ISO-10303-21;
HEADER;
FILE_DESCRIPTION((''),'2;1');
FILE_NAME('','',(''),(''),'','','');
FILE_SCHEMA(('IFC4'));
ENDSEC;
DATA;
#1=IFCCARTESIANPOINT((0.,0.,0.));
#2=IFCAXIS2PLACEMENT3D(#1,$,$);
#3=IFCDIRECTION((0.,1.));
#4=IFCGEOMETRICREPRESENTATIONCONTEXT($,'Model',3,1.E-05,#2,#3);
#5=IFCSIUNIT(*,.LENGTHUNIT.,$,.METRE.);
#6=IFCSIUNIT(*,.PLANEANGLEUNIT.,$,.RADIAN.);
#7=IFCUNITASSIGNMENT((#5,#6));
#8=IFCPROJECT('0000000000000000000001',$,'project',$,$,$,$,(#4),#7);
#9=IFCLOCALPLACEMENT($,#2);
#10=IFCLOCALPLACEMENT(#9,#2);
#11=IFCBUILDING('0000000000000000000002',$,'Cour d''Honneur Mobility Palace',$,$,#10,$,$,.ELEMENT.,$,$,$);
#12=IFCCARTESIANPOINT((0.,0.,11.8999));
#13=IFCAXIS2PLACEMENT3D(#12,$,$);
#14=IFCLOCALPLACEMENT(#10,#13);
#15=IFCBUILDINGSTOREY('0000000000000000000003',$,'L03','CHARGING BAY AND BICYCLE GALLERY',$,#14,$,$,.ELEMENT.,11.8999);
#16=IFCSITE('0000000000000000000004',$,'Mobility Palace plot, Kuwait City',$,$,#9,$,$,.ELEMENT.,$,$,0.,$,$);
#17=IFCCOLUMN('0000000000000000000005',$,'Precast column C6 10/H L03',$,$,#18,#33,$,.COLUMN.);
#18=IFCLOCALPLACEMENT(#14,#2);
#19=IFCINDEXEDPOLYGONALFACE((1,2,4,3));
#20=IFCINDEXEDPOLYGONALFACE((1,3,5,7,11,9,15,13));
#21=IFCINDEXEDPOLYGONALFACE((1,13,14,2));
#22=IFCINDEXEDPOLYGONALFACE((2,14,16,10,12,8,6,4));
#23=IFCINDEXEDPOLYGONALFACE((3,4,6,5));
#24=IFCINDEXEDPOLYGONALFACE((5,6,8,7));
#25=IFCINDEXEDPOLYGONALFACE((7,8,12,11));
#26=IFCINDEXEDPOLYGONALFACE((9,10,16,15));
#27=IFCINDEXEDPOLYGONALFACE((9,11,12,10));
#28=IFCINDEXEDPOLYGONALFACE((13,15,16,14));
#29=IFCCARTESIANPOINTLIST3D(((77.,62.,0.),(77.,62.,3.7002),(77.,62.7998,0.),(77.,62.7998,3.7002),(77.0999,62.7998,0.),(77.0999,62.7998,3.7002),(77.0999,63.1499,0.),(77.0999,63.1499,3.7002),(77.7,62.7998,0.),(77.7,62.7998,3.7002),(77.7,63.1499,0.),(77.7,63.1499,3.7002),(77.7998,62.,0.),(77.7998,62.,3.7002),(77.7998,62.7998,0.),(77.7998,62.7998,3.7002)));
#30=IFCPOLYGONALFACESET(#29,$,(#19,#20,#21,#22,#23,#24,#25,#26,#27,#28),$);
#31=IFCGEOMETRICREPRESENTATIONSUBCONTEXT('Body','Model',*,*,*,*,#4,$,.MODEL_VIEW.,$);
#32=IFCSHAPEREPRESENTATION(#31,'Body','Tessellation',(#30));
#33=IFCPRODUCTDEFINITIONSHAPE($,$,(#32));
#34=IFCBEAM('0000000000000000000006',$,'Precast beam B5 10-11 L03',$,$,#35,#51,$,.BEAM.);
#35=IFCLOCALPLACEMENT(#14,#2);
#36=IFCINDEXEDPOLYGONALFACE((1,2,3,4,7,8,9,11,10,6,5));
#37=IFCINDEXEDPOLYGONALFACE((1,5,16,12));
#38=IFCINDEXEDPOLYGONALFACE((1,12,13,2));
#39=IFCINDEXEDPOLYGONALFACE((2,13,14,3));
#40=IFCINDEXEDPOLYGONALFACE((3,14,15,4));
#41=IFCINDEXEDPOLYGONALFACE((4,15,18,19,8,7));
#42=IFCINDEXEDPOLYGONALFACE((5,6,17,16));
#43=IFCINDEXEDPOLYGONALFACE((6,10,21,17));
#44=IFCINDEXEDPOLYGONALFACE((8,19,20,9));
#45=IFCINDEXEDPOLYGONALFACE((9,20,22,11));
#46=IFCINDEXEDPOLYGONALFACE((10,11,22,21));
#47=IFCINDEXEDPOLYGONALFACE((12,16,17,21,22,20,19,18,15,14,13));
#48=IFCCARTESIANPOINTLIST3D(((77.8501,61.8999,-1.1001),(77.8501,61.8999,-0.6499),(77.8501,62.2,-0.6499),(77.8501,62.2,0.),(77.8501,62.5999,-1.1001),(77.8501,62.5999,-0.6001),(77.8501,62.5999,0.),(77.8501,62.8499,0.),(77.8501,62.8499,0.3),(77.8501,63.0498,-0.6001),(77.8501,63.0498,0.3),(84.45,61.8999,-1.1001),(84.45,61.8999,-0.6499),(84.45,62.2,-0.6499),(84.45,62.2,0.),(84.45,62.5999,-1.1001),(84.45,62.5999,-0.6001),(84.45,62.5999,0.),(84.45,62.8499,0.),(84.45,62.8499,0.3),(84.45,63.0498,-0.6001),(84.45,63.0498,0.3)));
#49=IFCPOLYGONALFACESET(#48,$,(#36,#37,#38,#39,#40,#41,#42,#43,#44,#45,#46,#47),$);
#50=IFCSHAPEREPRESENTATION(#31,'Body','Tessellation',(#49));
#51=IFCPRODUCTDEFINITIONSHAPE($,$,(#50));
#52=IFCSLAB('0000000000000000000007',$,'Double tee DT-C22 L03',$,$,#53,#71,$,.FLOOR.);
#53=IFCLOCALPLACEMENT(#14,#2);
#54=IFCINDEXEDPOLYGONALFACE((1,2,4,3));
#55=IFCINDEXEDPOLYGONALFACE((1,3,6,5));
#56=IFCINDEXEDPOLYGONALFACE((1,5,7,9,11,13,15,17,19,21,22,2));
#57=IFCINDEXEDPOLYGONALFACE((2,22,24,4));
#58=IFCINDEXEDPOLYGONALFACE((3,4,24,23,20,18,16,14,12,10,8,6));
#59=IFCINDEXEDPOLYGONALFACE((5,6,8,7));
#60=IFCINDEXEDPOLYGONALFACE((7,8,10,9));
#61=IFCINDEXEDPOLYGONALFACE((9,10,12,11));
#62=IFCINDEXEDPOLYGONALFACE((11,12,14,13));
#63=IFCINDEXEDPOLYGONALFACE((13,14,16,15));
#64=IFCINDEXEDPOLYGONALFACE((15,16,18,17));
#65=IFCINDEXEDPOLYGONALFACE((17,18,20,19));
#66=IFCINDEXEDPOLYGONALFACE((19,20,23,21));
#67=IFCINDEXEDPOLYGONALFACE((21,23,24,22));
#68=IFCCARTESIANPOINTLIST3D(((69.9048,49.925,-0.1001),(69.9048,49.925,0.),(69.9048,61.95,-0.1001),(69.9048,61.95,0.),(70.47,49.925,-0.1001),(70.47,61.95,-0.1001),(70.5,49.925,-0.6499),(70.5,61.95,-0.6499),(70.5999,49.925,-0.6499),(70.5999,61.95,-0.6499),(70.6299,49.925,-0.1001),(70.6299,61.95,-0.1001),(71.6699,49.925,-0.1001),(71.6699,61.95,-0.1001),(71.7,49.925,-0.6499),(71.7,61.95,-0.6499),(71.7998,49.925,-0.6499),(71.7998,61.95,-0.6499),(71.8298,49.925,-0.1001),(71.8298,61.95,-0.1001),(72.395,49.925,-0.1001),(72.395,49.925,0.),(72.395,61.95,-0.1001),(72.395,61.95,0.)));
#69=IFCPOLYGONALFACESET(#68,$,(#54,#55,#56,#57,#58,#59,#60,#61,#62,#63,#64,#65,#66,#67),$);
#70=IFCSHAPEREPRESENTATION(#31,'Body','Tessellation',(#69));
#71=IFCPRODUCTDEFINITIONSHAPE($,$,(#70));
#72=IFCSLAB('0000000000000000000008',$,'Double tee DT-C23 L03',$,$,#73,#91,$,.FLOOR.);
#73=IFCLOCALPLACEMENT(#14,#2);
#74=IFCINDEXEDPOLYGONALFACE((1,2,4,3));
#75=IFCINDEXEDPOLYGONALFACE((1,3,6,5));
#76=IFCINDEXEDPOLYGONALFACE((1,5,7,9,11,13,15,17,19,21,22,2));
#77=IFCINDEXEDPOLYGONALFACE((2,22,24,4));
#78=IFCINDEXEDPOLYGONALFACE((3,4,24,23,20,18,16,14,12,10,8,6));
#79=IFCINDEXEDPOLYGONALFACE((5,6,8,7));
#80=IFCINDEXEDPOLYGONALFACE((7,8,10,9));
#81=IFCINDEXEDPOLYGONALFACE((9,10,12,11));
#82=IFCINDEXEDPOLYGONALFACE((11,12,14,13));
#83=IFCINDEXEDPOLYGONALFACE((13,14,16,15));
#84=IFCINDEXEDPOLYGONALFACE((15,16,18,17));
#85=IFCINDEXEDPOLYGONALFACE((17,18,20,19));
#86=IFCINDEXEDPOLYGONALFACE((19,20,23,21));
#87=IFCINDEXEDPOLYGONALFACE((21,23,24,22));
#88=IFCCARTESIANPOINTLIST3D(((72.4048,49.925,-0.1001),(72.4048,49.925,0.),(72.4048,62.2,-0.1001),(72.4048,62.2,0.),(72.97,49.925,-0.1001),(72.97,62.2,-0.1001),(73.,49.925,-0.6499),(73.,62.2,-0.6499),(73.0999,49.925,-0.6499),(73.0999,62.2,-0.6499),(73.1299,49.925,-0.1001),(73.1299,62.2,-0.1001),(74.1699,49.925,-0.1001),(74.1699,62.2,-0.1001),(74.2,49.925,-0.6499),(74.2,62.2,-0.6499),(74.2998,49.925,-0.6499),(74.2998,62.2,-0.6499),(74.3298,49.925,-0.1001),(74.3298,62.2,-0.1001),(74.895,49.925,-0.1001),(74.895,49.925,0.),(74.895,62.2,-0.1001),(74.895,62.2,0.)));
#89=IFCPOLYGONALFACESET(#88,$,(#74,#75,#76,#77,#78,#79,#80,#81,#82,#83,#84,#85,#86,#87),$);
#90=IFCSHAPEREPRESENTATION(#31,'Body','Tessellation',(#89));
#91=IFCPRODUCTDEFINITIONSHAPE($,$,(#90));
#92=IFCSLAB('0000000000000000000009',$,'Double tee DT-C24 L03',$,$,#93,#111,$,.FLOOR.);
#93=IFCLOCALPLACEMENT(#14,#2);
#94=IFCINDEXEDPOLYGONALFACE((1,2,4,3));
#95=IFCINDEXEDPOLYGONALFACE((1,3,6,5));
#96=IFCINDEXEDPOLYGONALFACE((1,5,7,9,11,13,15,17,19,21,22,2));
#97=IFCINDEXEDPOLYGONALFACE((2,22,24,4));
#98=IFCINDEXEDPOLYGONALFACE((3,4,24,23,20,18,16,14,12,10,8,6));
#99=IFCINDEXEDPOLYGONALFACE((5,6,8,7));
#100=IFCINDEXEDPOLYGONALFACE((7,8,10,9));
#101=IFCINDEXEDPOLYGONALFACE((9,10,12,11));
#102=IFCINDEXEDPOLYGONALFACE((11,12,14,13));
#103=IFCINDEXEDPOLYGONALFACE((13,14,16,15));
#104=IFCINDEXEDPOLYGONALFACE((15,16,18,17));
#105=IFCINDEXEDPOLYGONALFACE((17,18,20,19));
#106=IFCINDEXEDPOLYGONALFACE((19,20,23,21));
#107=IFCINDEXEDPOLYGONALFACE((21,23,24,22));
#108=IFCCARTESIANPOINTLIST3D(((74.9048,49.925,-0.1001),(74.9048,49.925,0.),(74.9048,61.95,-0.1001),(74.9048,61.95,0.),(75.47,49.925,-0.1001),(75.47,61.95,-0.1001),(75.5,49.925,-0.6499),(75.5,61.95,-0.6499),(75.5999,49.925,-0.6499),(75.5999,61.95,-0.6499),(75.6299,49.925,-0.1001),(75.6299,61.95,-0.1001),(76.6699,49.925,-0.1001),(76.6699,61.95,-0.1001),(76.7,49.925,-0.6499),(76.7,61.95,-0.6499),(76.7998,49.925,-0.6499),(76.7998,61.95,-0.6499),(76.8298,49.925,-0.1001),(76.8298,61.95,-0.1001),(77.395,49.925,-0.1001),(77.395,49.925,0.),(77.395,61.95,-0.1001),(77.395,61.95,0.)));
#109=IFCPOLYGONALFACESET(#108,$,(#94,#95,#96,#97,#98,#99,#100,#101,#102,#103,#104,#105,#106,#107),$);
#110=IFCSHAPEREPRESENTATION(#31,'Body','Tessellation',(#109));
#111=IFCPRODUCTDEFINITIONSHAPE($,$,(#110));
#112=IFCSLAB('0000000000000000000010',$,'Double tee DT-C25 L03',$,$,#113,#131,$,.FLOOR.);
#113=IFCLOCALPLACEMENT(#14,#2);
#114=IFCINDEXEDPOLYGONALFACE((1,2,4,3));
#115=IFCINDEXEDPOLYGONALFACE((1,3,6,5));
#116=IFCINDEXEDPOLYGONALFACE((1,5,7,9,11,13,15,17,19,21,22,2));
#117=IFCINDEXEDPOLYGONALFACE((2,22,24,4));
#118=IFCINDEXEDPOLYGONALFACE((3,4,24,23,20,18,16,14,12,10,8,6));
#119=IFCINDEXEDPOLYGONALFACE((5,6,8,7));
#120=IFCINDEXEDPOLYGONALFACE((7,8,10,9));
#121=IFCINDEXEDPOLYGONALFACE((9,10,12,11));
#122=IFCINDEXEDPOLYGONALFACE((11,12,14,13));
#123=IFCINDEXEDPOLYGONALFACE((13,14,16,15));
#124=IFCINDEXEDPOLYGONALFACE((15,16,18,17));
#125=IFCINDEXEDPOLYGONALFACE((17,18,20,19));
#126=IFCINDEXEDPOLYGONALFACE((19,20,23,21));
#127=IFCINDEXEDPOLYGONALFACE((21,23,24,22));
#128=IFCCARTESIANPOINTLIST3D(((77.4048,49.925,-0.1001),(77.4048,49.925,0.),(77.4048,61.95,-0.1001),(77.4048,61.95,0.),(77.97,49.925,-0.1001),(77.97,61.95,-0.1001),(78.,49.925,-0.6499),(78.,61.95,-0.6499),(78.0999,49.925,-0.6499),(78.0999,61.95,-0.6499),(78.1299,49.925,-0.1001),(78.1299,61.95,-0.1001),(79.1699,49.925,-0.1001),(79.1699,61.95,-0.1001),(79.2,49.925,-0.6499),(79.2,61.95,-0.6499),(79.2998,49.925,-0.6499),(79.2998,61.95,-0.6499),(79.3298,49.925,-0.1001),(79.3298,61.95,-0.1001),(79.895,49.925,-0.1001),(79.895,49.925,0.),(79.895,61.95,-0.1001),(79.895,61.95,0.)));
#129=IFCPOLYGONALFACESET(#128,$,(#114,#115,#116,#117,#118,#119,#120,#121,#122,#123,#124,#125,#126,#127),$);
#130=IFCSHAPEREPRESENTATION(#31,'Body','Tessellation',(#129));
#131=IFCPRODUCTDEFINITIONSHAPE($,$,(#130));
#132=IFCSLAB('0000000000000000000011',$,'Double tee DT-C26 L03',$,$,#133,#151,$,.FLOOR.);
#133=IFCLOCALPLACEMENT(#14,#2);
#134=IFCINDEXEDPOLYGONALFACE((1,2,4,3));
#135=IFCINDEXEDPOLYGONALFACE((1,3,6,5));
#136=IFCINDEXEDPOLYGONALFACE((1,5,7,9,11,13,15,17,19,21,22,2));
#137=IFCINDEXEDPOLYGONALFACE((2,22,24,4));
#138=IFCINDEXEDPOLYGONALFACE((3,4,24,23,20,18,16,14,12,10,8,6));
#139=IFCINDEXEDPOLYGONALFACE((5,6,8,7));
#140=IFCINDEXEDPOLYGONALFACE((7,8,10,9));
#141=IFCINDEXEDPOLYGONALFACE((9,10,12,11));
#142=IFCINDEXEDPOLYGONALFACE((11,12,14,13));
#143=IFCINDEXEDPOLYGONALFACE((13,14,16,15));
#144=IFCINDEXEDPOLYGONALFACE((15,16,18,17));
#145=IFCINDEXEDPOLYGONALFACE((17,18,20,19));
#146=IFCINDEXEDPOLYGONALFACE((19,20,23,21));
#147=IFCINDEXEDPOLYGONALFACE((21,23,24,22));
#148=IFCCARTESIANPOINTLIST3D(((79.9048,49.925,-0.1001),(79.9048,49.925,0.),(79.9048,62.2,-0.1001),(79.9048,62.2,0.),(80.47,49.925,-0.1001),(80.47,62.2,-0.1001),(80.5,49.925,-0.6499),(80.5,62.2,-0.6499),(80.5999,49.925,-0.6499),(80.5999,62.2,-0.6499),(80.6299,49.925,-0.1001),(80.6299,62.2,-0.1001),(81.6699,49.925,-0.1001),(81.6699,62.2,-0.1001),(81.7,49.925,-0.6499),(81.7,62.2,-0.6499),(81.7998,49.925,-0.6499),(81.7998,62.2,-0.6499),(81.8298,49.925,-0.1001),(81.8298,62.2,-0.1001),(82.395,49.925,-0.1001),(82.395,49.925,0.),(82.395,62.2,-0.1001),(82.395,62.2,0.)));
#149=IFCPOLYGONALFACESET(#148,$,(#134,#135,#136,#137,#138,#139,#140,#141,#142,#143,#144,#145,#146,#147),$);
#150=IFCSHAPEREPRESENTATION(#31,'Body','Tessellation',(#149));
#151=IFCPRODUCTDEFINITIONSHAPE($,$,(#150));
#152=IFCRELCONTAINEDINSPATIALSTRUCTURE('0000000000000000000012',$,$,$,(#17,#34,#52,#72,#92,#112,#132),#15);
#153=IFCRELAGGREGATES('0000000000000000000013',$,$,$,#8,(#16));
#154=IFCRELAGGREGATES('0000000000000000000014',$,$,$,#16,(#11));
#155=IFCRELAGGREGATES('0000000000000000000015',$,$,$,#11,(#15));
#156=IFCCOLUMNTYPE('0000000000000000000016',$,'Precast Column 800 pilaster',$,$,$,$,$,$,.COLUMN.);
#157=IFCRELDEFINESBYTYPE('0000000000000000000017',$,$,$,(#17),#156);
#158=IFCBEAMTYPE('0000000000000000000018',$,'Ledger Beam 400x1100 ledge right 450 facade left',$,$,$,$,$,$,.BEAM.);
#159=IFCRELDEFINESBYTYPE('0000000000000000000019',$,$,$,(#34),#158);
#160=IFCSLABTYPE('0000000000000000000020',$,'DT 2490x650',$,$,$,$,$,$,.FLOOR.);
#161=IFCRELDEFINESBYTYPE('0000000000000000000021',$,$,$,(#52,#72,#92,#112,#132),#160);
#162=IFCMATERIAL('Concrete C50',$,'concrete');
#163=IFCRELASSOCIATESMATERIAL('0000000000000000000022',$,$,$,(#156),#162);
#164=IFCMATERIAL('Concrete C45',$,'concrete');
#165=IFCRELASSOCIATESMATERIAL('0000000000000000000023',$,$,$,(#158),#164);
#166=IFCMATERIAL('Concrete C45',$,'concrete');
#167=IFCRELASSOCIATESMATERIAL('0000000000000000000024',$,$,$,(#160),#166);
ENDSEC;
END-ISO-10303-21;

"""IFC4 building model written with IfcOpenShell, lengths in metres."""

from ifc_helpers import new_model, si_unit, direction, frame, origin, place, context, subcontext, project, spatial, polyline, outline, extrude, material, material_profile, profile_set, type_object, element, save


model = new_model("IFC4")

# Units and contexts
model_context = context("Model", 3, precision=1e-05, world=origin(), true_north=direction((0.0, 1.0)))
body_context = subcontext(model_context, "Body", "Model", "MODEL_VIEW")
ifc_project = project(units=[si_unit("LENGTHUNIT", "METRE"), si_unit("PLANEANGLEUNIT", "RADIAN")], contexts=[model_context])

# Site, building, storey
site_placement = place(None, origin())
site = spatial("IfcSite", under=ifc_project, at=site_placement, Name="Mobility Palace plot, Kuwait City", CompositionType="ELEMENT", RefElevation=0.0)
building_placement = place(site_placement, origin())
building = spatial("IfcBuilding", under=site, at=building_placement, Name="Cour d'Honneur Mobility Palace", CompositionType="ELEMENT")
storey_placement = place(building_placement, frame((0.0, 0.0, 11.8999)))
storey = spatial("IfcBuildingStorey", under=building, at=storey_placement, Name="L03", Description="CHARGING BAY AND BICYCLE GALLERY", CompositionType="ELEMENT", Elevation=11.8999)

# Column
ifc_material_1 = material(Name="Concrete C50", Category="concrete")
ifc_material_profile_1 = material_profile(ifc_material_1, outline(polyline([(-0.3999, -0.3999), (0.3999, -0.3999), (0.3999, -0.3), (0.75, -0.3), (0.75, 0.3), (0.3999, 0.3), (0.3999, 0.3999), (-0.3999, 0.3999), (-0.3999, -0.3999)])), Name="PC C800 pilaster")
ifc_profile_set_1 = profile_set([ifc_material_profile_1], Name="Concrete C50")
column_type = type_object("IfcColumnType", Name="Precast Column 800 pilaster", PredefinedType="COLUMN", material=ifc_profile_set_1)
column_placement = place(storey_placement, frame((77.3999, 62.3999, 0.0), z_axis=(0.0, 0.0, 1.0), x_axis=(0.0, 1.0, 0.0)))
element("IfcColumn", 1, at=column_placement, inside=storey, type_object=column_type, Name="Precast column C6 10/H L03", PredefinedType="COLUMN", context=body_context, shape_type="SweptSolid", body=[
    extrude(outline(polyline([(-0.3999, -0.3999), (0.3999, -0.3999), (0.3999, -0.3), (0.75, -0.3), (0.75, 0.3), (0.3999, 0.3), (0.3999, 0.3999), (-0.3999, 0.3999), (-0.3999, -0.3999)])), origin(), (0.0, 0.0, 1.0), 3.7002),
])

# Beam
ifc_material_2 = material(Name="Concrete C45", Category="concrete")
ifc_material_profile_2 = material_profile(ifc_material_2, outline(polyline([(0.2, -1.1001), (0.2, -0.6001), (0.6499, -0.6001), (0.6499, 0.3), (0.45, 0.3), (0.45, 0.0), (0.2, 0.0), (-0.2, 0.0), (-0.2, -0.6499), (-0.5, -0.6499), (-0.5, -1.1001), (0.2, -1.1001)])), Name="Ledger Beam 400x1100 ledge right 450 facade left")
ifc_profile_set_2 = profile_set([ifc_material_profile_2], Name="Concrete C45")
beam_type = type_object("IfcBeamType", Name="Ledger Beam 400x1100 ledge right 450 facade left", PredefinedType="BEAM", material=ifc_profile_set_2)
beam_placement = place(storey_placement, frame((77.8501, 62.3999, 0.0), z_axis=(1.0, 0.0, 0.0), x_axis=(0.0, 1.0, 0.0)))
element("IfcBeam", 2, at=beam_placement, inside=storey, type_object=beam_type, Name="Precast beam B5 10-11 L03", PredefinedType="BEAM", context=body_context, shape_type="SweptSolid", body=[
    extrude(outline(polyline([(0.2, -1.1001), (0.2, -0.6001), (0.6499, -0.6001), (0.6499, 0.3), (0.45, 0.3), (0.45, 0.0), (0.2, 0.0), (-0.2, 0.0), (-0.2, -0.6499), (-0.5, -0.6499), (-0.5, -1.1001), (0.2, -1.1001)])), origin(), (0.0, 0.0, 1.0), 6.5999),
])

# Slabs
ifc_material_3 = material(Name="Concrete C45", Category="concrete")
ifc_material_profile_3 = material_profile(ifc_material_3, outline(polyline([(-1.2451, 0.0), (1.2451, 0.0), (1.2451, -0.1001), (0.6799, -0.1001), (0.6499, -0.6499), (0.55, -0.6499), (0.52, -0.1001), (-0.52, -0.1001), (-0.55, -0.6499), (-0.6499, -0.6499), (-0.6799, -0.1001), (-1.2451, -0.1001), (-1.2451, 0.0)])), Name="DT 2490x650")
ifc_profile_set_3 = profile_set([ifc_material_profile_3], Name="Concrete C45")
slab_type = type_object("IfcSlabType", Name="DT 2490x650", PredefinedType="FLOOR", material=ifc_profile_set_3)
slab_1_placement = place(storey_placement, frame((71.1499, 49.925, 0.0), z_axis=(0.0, 1.0, 0.0), x_axis=(-1.0, 0.0, 0.0)))
element("IfcSlab", 3, at=slab_1_placement, inside=storey, type_object=slab_type, Name="Double tee DT-C22 L03", PredefinedType="FLOOR", context=body_context, shape_type="SweptSolid", body=[
    extrude(outline(polyline([(-1.2451, 0.0), (1.2451, 0.0), (1.2451, -0.1001), (0.6799, -0.1001), (0.6499, -0.6499), (0.55, -0.6499), (0.52, -0.1001), (-0.52, -0.1001), (-0.55, -0.6499), (-0.6499, -0.6499), (-0.6799, -0.1001), (-1.2451, -0.1001), (-1.2451, 0.0)])), origin(), (0.0, 0.0, 1.0), 12.0249),
])
slab_2_placement = place(storey_placement, frame((73.6499, 49.925, 0.0), z_axis=(0.0, 1.0, 0.0), x_axis=(-1.0, 0.0, 0.0)))
element("IfcSlab", 4, at=slab_2_placement, inside=storey, type_object=slab_type, Name="Double tee DT-C23 L03", PredefinedType="FLOOR", context=body_context, shape_type="SweptSolid", body=[
    extrude(outline(polyline([(-1.2451, 0.0), (1.2451, 0.0), (1.2451, -0.1001), (0.6799, -0.1001), (0.6499, -0.6499), (0.55, -0.6499), (0.52, -0.1001), (-0.52, -0.1001), (-0.55, -0.6499), (-0.6499, -0.6499), (-0.6799, -0.1001), (-1.2451, -0.1001), (-1.2451, 0.0)])), origin(), (0.0, 0.0, 1.0), 12.2749),
])
for number, where, z_axis, x_axis, name in (
    (5, (76.1499, 49.925, 0.0), (0.0, 1.0, 0.0), (-1.0, 0.0, 0.0), "Double tee DT-C24 L03"),
    (6, (78.6499, 49.925, 0.0), (0.0, 1.0, 0.0), (-1.0, 0.0, 0.0), "Double tee DT-C25 L03"),
):
    element("IfcSlab", number, at=place(storey_placement, frame(where, z_axis=z_axis, x_axis=x_axis)), inside=storey, type_object=slab_type, Name=name, PredefinedType="FLOOR", context=body_context, shape_type="SweptSolid", body=[
        extrude(outline(polyline([(-1.2451, 0.0), (1.2451, 0.0), (1.2451, -0.1001), (0.6799, -0.1001), (0.6499, -0.6499), (0.55, -0.6499), (0.52, -0.1001), (-0.52, -0.1001), (-0.55, -0.6499), (-0.6499, -0.6499), (-0.6799, -0.1001), (-1.2451, -0.1001), (-1.2451, 0.0)])), origin(), (0.0, 0.0, 1.0), 12.0249),
    ])
slab_3_placement = place(storey_placement, frame((81.1499, 49.925, 0.0), z_axis=(0.0, 1.0, 0.0), x_axis=(-1.0, 0.0, 0.0)))
element("IfcSlab", 7, at=slab_3_placement, inside=storey, type_object=slab_type, Name="Double tee DT-C26 L03", PredefinedType="FLOOR", context=body_context, shape_type="SweptSolid", body=[
    extrude(outline(polyline([(-1.2451, 0.0), (1.2451, 0.0), (1.2451, -0.1001), (0.6799, -0.1001), (0.6499, -0.6499), (0.55, -0.6499), (0.52, -0.1001), (-0.52, -0.1001), (-0.55, -0.6499), (-0.6499, -0.6499), (-0.6799, -0.1001), (-1.2451, -0.1001), (-1.2451, 0.0)])), origin(), (0.0, 0.0, 1.0), 12.2749),
])

save(model, "model.ifc")
